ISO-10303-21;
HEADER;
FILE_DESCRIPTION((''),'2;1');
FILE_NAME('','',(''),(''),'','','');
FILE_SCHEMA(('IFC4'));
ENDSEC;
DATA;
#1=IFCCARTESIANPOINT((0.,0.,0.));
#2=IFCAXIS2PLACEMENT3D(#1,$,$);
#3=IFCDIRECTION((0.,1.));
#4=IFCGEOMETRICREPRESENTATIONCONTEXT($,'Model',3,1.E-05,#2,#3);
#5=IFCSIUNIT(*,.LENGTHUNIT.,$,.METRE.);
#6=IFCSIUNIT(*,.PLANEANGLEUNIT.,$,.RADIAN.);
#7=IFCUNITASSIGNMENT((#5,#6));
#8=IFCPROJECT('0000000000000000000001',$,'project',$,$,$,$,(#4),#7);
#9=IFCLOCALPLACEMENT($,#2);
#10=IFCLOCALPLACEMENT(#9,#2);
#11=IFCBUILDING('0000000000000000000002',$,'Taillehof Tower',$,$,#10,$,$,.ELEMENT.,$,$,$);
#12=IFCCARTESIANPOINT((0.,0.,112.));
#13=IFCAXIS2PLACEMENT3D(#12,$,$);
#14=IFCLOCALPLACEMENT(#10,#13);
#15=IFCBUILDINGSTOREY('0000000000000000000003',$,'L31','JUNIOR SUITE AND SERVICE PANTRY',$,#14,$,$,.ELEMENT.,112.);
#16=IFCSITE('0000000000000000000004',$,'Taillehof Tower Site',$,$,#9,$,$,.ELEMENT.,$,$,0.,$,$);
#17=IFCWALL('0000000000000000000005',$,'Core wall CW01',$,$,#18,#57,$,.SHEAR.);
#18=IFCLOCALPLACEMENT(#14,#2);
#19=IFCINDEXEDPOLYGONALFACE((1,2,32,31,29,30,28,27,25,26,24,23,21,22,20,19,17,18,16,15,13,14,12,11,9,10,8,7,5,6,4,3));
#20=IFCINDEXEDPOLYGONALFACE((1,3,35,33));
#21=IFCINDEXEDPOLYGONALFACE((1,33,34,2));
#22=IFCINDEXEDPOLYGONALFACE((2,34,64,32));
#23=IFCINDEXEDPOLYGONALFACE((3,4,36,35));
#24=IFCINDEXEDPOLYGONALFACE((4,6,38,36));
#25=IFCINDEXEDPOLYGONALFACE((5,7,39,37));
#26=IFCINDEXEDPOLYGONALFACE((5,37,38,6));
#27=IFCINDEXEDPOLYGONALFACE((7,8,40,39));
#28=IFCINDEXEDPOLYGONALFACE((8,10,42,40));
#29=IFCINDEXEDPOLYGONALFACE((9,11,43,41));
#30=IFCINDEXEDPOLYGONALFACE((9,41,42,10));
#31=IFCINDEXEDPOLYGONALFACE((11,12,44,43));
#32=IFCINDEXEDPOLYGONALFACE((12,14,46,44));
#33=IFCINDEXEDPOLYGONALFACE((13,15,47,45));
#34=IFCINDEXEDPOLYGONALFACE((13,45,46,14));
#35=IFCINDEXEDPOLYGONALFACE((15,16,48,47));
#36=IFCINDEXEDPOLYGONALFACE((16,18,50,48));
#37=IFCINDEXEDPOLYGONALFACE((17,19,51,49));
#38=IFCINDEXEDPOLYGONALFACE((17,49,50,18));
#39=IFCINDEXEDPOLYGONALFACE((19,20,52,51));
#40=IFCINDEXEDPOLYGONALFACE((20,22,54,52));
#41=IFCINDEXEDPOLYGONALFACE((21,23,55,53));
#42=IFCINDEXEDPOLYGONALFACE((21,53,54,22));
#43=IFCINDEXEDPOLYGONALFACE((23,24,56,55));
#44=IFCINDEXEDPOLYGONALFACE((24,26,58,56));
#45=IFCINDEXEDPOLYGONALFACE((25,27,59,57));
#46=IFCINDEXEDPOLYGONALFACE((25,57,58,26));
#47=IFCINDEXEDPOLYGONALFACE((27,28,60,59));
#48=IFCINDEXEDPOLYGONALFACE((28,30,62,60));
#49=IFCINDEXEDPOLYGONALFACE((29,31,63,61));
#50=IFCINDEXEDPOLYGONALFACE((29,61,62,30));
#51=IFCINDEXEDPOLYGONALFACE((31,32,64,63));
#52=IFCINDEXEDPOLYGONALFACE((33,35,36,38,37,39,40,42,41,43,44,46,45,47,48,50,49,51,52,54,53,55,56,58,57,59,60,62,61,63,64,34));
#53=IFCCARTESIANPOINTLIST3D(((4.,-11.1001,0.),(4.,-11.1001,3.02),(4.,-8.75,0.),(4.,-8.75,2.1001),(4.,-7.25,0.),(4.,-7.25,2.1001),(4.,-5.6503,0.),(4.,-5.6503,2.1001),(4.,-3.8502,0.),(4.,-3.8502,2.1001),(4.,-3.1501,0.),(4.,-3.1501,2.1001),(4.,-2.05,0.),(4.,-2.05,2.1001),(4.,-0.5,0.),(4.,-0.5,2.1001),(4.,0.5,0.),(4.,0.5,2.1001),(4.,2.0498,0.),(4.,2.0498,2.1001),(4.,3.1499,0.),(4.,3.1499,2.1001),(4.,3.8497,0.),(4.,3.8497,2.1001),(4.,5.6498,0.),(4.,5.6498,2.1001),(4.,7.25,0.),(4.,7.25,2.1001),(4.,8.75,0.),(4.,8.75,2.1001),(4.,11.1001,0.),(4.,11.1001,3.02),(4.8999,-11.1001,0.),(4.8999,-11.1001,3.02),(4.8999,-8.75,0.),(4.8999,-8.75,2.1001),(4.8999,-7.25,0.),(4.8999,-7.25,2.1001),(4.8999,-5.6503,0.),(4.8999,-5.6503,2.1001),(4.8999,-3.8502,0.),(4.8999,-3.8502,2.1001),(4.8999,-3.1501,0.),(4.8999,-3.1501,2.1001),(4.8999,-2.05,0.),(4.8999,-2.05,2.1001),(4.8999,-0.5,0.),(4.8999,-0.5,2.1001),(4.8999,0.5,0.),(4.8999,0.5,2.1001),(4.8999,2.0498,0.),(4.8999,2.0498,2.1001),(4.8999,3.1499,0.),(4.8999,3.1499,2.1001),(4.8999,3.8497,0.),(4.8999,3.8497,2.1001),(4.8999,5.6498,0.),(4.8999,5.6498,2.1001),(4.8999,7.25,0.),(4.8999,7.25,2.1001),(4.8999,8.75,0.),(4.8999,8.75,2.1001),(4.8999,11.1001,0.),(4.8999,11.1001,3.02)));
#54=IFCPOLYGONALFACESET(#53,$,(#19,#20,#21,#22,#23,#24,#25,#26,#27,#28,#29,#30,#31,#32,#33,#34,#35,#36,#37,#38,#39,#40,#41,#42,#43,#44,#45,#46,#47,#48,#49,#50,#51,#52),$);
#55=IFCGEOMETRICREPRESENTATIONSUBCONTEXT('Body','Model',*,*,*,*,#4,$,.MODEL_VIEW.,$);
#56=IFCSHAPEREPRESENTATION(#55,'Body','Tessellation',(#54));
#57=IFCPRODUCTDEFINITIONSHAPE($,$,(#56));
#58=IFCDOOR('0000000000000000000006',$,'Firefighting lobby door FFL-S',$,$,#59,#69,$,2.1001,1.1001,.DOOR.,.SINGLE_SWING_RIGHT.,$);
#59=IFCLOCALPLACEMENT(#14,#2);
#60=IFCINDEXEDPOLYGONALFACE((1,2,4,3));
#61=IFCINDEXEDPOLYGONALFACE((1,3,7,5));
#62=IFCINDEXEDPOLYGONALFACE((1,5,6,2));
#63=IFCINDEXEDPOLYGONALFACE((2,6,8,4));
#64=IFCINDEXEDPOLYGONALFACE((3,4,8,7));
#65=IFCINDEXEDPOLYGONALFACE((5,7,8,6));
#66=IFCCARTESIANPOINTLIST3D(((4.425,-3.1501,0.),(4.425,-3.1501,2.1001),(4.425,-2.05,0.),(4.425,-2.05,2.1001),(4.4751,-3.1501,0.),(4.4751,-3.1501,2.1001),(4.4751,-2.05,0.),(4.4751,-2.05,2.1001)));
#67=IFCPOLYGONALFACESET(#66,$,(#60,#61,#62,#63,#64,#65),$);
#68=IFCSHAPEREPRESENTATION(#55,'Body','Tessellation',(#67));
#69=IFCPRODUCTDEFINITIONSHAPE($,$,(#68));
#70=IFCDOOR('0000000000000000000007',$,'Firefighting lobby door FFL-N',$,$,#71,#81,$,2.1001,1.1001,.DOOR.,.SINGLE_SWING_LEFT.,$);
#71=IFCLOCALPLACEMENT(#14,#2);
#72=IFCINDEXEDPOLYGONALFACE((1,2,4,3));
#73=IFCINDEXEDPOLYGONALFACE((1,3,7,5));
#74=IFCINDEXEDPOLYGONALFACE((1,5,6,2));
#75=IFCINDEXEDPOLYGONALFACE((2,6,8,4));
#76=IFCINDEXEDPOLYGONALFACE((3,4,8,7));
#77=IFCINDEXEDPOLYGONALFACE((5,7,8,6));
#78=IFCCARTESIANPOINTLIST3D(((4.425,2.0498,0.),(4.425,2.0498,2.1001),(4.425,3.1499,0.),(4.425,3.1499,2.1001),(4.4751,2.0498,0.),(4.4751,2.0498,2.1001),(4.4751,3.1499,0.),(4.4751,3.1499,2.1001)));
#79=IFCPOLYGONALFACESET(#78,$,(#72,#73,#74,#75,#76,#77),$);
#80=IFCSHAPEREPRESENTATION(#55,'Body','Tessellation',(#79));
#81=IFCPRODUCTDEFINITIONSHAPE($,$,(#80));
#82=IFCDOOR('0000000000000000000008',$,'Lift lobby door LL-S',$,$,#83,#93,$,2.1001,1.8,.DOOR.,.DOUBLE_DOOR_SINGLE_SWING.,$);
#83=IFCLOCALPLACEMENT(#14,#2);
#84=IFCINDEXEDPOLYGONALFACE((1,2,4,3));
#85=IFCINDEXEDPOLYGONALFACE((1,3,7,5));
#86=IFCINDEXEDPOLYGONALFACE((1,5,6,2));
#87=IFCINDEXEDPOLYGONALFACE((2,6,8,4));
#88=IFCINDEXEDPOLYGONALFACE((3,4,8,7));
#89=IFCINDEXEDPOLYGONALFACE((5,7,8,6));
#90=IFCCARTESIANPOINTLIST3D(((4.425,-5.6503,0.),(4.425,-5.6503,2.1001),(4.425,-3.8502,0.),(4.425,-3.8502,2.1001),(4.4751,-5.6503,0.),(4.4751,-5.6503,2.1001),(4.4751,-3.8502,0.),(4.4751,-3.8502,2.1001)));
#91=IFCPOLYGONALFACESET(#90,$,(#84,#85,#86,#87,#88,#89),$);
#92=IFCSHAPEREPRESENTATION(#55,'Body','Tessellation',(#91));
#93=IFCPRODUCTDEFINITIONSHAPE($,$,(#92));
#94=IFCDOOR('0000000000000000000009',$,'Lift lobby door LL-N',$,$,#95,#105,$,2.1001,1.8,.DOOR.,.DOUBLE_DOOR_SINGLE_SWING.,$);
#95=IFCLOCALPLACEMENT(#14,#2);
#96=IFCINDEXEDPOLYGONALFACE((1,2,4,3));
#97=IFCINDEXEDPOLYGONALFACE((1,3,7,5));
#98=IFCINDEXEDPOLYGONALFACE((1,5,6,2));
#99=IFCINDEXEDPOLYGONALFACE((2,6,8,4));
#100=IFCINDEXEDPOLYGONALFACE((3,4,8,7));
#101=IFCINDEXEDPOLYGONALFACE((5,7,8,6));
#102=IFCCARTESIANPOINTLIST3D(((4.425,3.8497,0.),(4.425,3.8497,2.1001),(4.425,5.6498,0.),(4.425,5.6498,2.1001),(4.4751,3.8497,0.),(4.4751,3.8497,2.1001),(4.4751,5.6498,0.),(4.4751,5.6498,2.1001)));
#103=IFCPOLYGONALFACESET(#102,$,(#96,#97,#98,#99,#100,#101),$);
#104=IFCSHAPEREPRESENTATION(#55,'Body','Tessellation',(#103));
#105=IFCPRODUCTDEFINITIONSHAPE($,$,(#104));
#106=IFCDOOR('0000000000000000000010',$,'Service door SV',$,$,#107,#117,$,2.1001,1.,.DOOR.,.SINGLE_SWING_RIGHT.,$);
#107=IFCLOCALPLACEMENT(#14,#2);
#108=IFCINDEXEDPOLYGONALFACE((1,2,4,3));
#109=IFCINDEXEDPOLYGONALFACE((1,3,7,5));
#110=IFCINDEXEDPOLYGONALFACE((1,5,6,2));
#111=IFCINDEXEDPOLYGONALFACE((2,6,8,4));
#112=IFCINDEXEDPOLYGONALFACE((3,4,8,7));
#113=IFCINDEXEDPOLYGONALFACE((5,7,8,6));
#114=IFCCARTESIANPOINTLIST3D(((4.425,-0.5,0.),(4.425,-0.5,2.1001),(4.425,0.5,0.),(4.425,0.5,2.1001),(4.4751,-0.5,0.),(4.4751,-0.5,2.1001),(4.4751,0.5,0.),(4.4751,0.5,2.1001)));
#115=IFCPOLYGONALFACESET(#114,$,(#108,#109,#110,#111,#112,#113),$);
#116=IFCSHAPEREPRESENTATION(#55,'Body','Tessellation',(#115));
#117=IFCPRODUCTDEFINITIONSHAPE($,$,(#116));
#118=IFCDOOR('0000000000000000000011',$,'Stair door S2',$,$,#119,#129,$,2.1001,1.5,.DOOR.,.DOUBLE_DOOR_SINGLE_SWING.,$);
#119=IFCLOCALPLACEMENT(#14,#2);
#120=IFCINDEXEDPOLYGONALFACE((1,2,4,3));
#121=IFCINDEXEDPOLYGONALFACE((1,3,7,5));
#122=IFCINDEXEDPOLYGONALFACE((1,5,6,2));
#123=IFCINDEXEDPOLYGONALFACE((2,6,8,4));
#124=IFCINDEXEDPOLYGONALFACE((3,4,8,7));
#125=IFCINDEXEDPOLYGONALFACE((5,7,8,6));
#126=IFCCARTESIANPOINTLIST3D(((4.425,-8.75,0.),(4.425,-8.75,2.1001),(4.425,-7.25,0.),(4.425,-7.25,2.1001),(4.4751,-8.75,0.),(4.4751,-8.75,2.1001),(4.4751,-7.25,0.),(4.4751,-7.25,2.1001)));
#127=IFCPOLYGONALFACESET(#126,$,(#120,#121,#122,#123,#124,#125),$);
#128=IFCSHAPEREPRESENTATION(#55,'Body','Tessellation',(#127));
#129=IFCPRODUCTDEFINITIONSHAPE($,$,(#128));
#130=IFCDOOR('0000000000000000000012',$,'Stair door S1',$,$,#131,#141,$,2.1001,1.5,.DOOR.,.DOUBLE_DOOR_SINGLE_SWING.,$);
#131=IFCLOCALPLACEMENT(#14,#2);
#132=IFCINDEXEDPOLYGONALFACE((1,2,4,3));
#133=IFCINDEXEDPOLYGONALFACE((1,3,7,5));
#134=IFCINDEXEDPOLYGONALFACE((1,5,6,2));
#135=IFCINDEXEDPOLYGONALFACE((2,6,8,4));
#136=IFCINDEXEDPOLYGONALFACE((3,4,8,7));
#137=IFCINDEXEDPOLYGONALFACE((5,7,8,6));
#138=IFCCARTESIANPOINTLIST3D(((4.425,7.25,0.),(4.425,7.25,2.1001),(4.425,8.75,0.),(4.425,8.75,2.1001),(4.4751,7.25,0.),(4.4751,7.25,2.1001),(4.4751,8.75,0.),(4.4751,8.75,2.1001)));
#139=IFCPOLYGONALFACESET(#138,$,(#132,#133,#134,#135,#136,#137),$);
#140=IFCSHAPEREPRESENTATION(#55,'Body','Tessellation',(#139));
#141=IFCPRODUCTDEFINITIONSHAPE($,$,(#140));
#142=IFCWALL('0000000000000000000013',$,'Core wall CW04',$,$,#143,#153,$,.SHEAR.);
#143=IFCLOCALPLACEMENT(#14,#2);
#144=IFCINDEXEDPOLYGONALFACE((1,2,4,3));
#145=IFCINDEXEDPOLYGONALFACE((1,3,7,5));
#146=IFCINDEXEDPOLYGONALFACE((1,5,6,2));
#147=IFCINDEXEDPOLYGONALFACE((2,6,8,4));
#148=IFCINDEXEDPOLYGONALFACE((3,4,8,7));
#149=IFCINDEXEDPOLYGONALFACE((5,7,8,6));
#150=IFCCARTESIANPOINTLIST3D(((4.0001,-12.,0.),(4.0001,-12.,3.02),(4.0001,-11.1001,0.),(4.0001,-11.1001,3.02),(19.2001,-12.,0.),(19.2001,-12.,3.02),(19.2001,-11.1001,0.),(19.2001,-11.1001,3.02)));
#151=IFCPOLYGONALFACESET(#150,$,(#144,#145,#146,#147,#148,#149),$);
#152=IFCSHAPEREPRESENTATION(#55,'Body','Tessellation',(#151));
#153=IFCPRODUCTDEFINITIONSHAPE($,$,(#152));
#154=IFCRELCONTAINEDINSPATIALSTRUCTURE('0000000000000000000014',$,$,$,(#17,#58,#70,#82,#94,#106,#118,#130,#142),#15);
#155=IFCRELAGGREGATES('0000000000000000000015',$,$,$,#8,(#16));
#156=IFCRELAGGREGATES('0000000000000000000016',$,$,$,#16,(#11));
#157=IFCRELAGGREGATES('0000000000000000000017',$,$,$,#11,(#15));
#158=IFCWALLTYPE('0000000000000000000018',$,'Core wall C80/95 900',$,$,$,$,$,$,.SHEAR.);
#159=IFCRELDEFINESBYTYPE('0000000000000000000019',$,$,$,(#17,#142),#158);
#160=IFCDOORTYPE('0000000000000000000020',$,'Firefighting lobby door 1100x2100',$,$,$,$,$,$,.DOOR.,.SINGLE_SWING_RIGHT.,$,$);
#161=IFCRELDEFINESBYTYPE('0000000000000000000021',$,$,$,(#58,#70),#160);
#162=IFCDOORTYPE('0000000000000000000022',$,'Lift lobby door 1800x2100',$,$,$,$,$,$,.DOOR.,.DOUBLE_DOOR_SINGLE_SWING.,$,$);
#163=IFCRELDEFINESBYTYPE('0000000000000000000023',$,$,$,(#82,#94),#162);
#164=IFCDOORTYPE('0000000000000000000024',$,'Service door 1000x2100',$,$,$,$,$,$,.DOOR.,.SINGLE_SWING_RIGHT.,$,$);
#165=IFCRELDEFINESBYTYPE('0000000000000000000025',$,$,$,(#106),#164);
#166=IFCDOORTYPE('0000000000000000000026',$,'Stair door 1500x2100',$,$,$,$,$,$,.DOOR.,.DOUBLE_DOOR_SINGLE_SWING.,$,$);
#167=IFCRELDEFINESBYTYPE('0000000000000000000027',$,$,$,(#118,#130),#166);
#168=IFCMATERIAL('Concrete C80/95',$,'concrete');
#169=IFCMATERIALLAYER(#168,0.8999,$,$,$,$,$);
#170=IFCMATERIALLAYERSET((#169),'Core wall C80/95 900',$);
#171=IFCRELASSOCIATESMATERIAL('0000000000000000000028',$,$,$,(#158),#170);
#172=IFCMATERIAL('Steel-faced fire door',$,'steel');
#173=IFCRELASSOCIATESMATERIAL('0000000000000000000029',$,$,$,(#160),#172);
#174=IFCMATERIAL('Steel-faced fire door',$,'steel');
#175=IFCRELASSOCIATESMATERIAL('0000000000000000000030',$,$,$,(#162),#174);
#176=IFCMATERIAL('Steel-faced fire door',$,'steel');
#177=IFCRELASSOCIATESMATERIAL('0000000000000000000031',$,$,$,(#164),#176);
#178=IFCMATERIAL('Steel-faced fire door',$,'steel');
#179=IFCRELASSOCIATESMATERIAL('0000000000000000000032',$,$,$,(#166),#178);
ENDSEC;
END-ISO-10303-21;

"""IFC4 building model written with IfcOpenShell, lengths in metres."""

from ifc_helpers import new_model, si_unit, direction, frame, frame_2d, origin, place, context, subcontext, project, spatial, rectangle, extrude, material, layer, layer_set, type_object, element, fill, save


model = new_model("IFC4")

# Units and contexts
model_context = context("Model", 3, precision=1e-05, world=origin(), true_north=direction((0.0, 1.0)))
body_context = subcontext(model_context, "Body", "Model", "MODEL_VIEW")
ifc_project = project(units=[si_unit("LENGTHUNIT", "METRE"), si_unit("PLANEANGLEUNIT", "RADIAN")], contexts=[model_context])

# Site, building, storey
site_placement = place(None, origin())
site = spatial("IfcSite", under=ifc_project, at=site_placement, Name="Taillehof Tower Site", CompositionType="ELEMENT", RefElevation=0.0)
building_placement = place(site_placement, origin())
building = spatial("IfcBuilding", under=site, at=building_placement, Name="Taillehof Tower", CompositionType="ELEMENT")
storey_placement = place(building_placement, frame((0.0, 0.0, 112.0)))
storey = spatial("IfcBuildingStorey", under=building, at=storey_placement, Name="L31", Description="JUNIOR SUITE AND SERVICE PANTRY", CompositionType="ELEMENT", Elevation=112.0)

# Wall, openings, doors
ifc_material_1 = material(Name="Concrete C80/95", Category="concrete")
ifc_layer_1 = layer(ifc_material_1, 0.8999)
ifc_layer_set_1 = layer_set([ifc_layer_1], Name="Core wall C80/95 900")
wall_type_1 = type_object("IfcWallType", Name="Core wall C80/95 900", PredefinedType="SHEAR", material=ifc_layer_set_1)
wall_1_placement = place(storey_placement, frame((4.45, -11.1001, 0.0), z_axis=(0.0, 0.0, 1.0), x_axis=(0.0, 1.0, 0.0)))
wall_1 = element("IfcWall", 1, at=wall_1_placement, inside=storey, type_object=wall_type_1, Name="Core wall CW01", PredefinedType="SHEAR", context=body_context, shape_type="SweptSolid", body=[
    extrude(rectangle(XDim=22.2002, YDim=0.8999, at=frame_2d((11.1001, 0.0))), origin(), (0.0, 0.0, 1.0), 3.02),
])
opening_1_placement = place(wall_1_placement, frame((2.3501, 0.0, 0.0)))
opening_1 = element("IfcOpeningElement", 2, at=opening_1_placement, cuts=wall_1, PredefinedType="OPENING", context=body_context, shape_type="SweptSolid", body=[
    extrude(rectangle(XDim=1.5, YDim=2.1001, at=frame_2d((0.75, 1.05))), frame((0.0, 0.46, 0.0), z_axis=(0.0, -1.0, 0.0), x_axis=(1.0, 0.0, 0.0)), (0.0, 0.0, 1.0), 0.9199),
])
opening_2_placement = place(wall_1_placement, frame((5.45, 0.0, 0.0)))
opening_2 = element("IfcOpeningElement", 3, at=opening_2_placement, cuts=wall_1, PredefinedType="OPENING", context=body_context, shape_type="SweptSolid", body=[
    extrude(rectangle(XDim=1.8, YDim=2.1001, at=frame_2d((0.8999, 1.05))), frame((0.0, 0.46, 0.0), z_axis=(0.0, -1.0, 0.0), x_axis=(1.0, 0.0, 0.0)), (0.0, 0.0, 1.0), 0.9199),
])
opening_3_placement = place(wall_1_placement, frame((7.95, 0.0, 0.0)))
opening_3 = element("IfcOpeningElement", 4, at=opening_3_placement, cuts=wall_1, PredefinedType="OPENING", context=body_context, shape_type="SweptSolid", body=[
    extrude(rectangle(XDim=1.1001, YDim=2.1001, at=frame_2d((0.55, 1.05))), frame((0.0, 0.46, 0.0), z_axis=(0.0, -1.0, 0.0), x_axis=(1.0, 0.0, 0.0)), (0.0, 0.0, 1.0), 0.9199),
])
opening_4_placement = place(wall_1_placement, frame((10.6001, 0.0, 0.0)))
opening_4 = element("IfcOpeningElement", 5, at=opening_4_placement, cuts=wall_1, PredefinedType="OPENING", context=body_context, shape_type="SweptSolid", body=[
    extrude(rectangle(XDim=1.0, YDim=2.1001, at=frame_2d((0.5, 1.05))), frame((0.0, 0.46, 0.0), z_axis=(0.0, -1.0, 0.0), x_axis=(1.0, 0.0, 0.0)), (0.0, 0.0, 1.0), 0.9199),
])
opening_5_placement = place(wall_1_placement, frame((13.1499, 0.0, 0.0)))
opening_5 = element("IfcOpeningElement", 6, at=opening_5_placement, cuts=wall_1, PredefinedType="OPENING", context=body_context, shape_type="SweptSolid", body=[
    extrude(rectangle(XDim=1.1001, YDim=2.1001, at=frame_2d((0.55, 1.05))), frame((0.0, 0.46, 0.0), z_axis=(0.0, -1.0, 0.0), x_axis=(1.0, 0.0, 0.0)), (0.0, 0.0, 1.0), 0.9199),
])
opening_6_placement = place(wall_1_placement, frame((14.95, 0.0, 0.0)))
opening_6 = element("IfcOpeningElement", 7, at=opening_6_placement, cuts=wall_1, PredefinedType="OPENING", context=body_context, shape_type="SweptSolid", body=[
    extrude(rectangle(XDim=1.8, YDim=2.1001, at=frame_2d((0.8999, 1.05))), frame((0.0, 0.46, 0.0), z_axis=(0.0, -1.0, 0.0), x_axis=(1.0, 0.0, 0.0)), (0.0, 0.0, 1.0), 0.9199),
])
opening_7_placement = place(wall_1_placement, frame((18.3501, 0.0, 0.0)))
opening_7 = element("IfcOpeningElement", 8, at=opening_7_placement, cuts=wall_1, PredefinedType="OPENING", context=body_context, shape_type="SweptSolid", body=[
    extrude(rectangle(XDim=1.5, YDim=2.1001, at=frame_2d((0.75, 1.05))), frame((0.0, 0.46, 0.0), z_axis=(0.0, -1.0, 0.0), x_axis=(1.0, 0.0, 0.0)), (0.0, 0.0, 1.0), 0.9199),
])
ifc_material_2 = material(Name="Steel-faced fire door", Category="steel")
door_type_1 = type_object("IfcDoorType", Name="Firefighting lobby door 1100x2100", OperationType="SINGLE_SWING_RIGHT", PredefinedType="DOOR", material=ifc_material_2)
door_1_placement = place(opening_3_placement, origin())
door_1 = element("IfcDoor", 9, at=door_1_placement, inside=storey, type_object=door_type_1, Name="Firefighting lobby door FFL-S", OperationType="SINGLE_SWING_RIGHT", OverallHeight=2.1001, OverallWidth=1.1001, PredefinedType="DOOR", context=body_context, shape_type="SweptSolid", body=[
    extrude(rectangle(XDim=1.1001, YDim=2.1001, at=frame_2d((0.55, 1.05))), frame((0.0, 0.0249, 0.0), z_axis=(0.0, -1.0, 0.0), x_axis=(1.0, 0.0, 0.0)), (0.0, 0.0, 1.0), 0.05),
])
fill(opening_3, door_1)
door_2_placement = place(opening_5_placement, origin())
door_2 = element("IfcDoor", 10, at=door_2_placement, inside=storey, type_object=door_type_1, Name="Firefighting lobby door FFL-N", OperationType="SINGLE_SWING_LEFT", OverallHeight=2.1001, OverallWidth=1.1001, PredefinedType="DOOR", context=body_context, shape_type="SweptSolid", body=[
    extrude(rectangle(XDim=1.1001, YDim=2.1001, at=frame_2d((0.55, 1.05))), frame((0.0, 0.0249, 0.0), z_axis=(0.0, -1.0, 0.0), x_axis=(1.0, 0.0, 0.0)), (0.0, 0.0, 1.0), 0.05),
])
fill(opening_5, door_2)
ifc_material_3 = material(Name="Steel-faced fire door", Category="steel")
door_type_2 = type_object("IfcDoorType", Name="Lift lobby door 1800x2100", OperationType="DOUBLE_DOOR_SINGLE_SWING", PredefinedType="DOOR", material=ifc_material_3)
door_3_placement = place(opening_2_placement, origin())
door_3 = element("IfcDoor", 11, at=door_3_placement, inside=storey, type_object=door_type_2, Name="Lift lobby door LL-S", OperationType="DOUBLE_DOOR_SINGLE_SWING", OverallHeight=2.1001, OverallWidth=1.8, PredefinedType="DOOR", context=body_context, shape_type="SweptSolid", body=[
    extrude(rectangle(XDim=1.8, YDim=2.1001, at=frame_2d((0.8999, 1.05))), frame((0.0, 0.0249, 0.0), z_axis=(0.0, -1.0, 0.0), x_axis=(1.0, 0.0, 0.0)), (0.0, 0.0, 1.0), 0.05),
])
fill(opening_2, door_3)
door_4_placement = place(opening_6_placement, origin())
door_4 = element("IfcDoor", 12, at=door_4_placement, inside=storey, type_object=door_type_2, Name="Lift lobby door LL-N", OperationType="DOUBLE_DOOR_SINGLE_SWING", OverallHeight=2.1001, OverallWidth=1.8, PredefinedType="DOOR", context=body_context, shape_type="SweptSolid", body=[
    extrude(rectangle(XDim=1.8, YDim=2.1001, at=frame_2d((0.8999, 1.05))), frame((0.0, 0.0249, 0.0), z_axis=(0.0, -1.0, 0.0), x_axis=(1.0, 0.0, 0.0)), (0.0, 0.0, 1.0), 0.05),
])
fill(opening_6, door_4)
ifc_material_4 = material(Name="Steel-faced fire door", Category="steel")
door_type_3 = type_object("IfcDoorType", Name="Service door 1000x2100", OperationType="SINGLE_SWING_RIGHT", PredefinedType="DOOR", material=ifc_material_4)
door_5_placement = place(opening_4_placement, origin())
door_5 = element("IfcDoor", 13, at=door_5_placement, inside=storey, type_object=door_type_3, Name="Service door SV", OperationType="SINGLE_SWING_RIGHT", OverallHeight=2.1001, OverallWidth=1.0, PredefinedType="DOOR", context=body_context, shape_type="SweptSolid", body=[
    extrude(rectangle(XDim=1.0, YDim=2.1001, at=frame_2d((0.5, 1.05))), frame((0.0, 0.0249, 0.0), z_axis=(0.0, -1.0, 0.0), x_axis=(1.0, 0.0, 0.0)), (0.0, 0.0, 1.0), 0.05),
])
fill(opening_4, door_5)
ifc_material_5 = material(Name="Steel-faced fire door", Category="steel")
door_type_4 = type_object("IfcDoorType", Name="Stair door 1500x2100", OperationType="DOUBLE_DOOR_SINGLE_SWING", PredefinedType="DOOR", material=ifc_material_5)
door_6_placement = place(opening_1_placement, origin())
door_6 = element("IfcDoor", 14, at=door_6_placement, inside=storey, type_object=door_type_4, Name="Stair door S2", OperationType="DOUBLE_DOOR_SINGLE_SWING", OverallHeight=2.1001, OverallWidth=1.5, PredefinedType="DOOR", context=body_context, shape_type="SweptSolid", body=[
    extrude(rectangle(XDim=1.5, YDim=2.1001, at=frame_2d((0.75, 1.05))), frame((0.0, 0.0249, 0.0), z_axis=(0.0, -1.0, 0.0), x_axis=(1.0, 0.0, 0.0)), (0.0, 0.0, 1.0), 0.05),
])
fill(opening_1, door_6)
door_7_placement = place(opening_7_placement, origin())
door_7 = element("IfcDoor", 15, at=door_7_placement, inside=storey, type_object=door_type_4, Name="Stair door S1", OperationType="DOUBLE_DOOR_SINGLE_SWING", OverallHeight=2.1001, OverallWidth=1.5, PredefinedType="DOOR", context=body_context, shape_type="SweptSolid", body=[
    extrude(rectangle(XDim=1.5, YDim=2.1001, at=frame_2d((0.75, 1.05))), frame((0.0, 0.0249, 0.0), z_axis=(0.0, -1.0, 0.0), x_axis=(1.0, 0.0, 0.0)), (0.0, 0.0, 1.0), 0.05),
])
fill(opening_7, door_7)

# Wall
wall_2_placement = place(storey_placement, frame((4.0, -11.55, 0.0), z_axis=(0.0, 0.0, 1.0), x_axis=(1.0, 0.0, 0.0)))
element("IfcWall", 16, at=wall_2_placement, inside=storey, type_object=wall_type_1, Name="Core wall CW04", PredefinedType="SHEAR", context=body_context, shape_type="SweptSolid", body=[
    extrude(rectangle(XDim=15.2, YDim=0.8999, at=frame_2d((7.6001, 0.0))), origin(), (0.0, 0.0, 1.0), 3.02),
])

save(model, "model.ifc")
